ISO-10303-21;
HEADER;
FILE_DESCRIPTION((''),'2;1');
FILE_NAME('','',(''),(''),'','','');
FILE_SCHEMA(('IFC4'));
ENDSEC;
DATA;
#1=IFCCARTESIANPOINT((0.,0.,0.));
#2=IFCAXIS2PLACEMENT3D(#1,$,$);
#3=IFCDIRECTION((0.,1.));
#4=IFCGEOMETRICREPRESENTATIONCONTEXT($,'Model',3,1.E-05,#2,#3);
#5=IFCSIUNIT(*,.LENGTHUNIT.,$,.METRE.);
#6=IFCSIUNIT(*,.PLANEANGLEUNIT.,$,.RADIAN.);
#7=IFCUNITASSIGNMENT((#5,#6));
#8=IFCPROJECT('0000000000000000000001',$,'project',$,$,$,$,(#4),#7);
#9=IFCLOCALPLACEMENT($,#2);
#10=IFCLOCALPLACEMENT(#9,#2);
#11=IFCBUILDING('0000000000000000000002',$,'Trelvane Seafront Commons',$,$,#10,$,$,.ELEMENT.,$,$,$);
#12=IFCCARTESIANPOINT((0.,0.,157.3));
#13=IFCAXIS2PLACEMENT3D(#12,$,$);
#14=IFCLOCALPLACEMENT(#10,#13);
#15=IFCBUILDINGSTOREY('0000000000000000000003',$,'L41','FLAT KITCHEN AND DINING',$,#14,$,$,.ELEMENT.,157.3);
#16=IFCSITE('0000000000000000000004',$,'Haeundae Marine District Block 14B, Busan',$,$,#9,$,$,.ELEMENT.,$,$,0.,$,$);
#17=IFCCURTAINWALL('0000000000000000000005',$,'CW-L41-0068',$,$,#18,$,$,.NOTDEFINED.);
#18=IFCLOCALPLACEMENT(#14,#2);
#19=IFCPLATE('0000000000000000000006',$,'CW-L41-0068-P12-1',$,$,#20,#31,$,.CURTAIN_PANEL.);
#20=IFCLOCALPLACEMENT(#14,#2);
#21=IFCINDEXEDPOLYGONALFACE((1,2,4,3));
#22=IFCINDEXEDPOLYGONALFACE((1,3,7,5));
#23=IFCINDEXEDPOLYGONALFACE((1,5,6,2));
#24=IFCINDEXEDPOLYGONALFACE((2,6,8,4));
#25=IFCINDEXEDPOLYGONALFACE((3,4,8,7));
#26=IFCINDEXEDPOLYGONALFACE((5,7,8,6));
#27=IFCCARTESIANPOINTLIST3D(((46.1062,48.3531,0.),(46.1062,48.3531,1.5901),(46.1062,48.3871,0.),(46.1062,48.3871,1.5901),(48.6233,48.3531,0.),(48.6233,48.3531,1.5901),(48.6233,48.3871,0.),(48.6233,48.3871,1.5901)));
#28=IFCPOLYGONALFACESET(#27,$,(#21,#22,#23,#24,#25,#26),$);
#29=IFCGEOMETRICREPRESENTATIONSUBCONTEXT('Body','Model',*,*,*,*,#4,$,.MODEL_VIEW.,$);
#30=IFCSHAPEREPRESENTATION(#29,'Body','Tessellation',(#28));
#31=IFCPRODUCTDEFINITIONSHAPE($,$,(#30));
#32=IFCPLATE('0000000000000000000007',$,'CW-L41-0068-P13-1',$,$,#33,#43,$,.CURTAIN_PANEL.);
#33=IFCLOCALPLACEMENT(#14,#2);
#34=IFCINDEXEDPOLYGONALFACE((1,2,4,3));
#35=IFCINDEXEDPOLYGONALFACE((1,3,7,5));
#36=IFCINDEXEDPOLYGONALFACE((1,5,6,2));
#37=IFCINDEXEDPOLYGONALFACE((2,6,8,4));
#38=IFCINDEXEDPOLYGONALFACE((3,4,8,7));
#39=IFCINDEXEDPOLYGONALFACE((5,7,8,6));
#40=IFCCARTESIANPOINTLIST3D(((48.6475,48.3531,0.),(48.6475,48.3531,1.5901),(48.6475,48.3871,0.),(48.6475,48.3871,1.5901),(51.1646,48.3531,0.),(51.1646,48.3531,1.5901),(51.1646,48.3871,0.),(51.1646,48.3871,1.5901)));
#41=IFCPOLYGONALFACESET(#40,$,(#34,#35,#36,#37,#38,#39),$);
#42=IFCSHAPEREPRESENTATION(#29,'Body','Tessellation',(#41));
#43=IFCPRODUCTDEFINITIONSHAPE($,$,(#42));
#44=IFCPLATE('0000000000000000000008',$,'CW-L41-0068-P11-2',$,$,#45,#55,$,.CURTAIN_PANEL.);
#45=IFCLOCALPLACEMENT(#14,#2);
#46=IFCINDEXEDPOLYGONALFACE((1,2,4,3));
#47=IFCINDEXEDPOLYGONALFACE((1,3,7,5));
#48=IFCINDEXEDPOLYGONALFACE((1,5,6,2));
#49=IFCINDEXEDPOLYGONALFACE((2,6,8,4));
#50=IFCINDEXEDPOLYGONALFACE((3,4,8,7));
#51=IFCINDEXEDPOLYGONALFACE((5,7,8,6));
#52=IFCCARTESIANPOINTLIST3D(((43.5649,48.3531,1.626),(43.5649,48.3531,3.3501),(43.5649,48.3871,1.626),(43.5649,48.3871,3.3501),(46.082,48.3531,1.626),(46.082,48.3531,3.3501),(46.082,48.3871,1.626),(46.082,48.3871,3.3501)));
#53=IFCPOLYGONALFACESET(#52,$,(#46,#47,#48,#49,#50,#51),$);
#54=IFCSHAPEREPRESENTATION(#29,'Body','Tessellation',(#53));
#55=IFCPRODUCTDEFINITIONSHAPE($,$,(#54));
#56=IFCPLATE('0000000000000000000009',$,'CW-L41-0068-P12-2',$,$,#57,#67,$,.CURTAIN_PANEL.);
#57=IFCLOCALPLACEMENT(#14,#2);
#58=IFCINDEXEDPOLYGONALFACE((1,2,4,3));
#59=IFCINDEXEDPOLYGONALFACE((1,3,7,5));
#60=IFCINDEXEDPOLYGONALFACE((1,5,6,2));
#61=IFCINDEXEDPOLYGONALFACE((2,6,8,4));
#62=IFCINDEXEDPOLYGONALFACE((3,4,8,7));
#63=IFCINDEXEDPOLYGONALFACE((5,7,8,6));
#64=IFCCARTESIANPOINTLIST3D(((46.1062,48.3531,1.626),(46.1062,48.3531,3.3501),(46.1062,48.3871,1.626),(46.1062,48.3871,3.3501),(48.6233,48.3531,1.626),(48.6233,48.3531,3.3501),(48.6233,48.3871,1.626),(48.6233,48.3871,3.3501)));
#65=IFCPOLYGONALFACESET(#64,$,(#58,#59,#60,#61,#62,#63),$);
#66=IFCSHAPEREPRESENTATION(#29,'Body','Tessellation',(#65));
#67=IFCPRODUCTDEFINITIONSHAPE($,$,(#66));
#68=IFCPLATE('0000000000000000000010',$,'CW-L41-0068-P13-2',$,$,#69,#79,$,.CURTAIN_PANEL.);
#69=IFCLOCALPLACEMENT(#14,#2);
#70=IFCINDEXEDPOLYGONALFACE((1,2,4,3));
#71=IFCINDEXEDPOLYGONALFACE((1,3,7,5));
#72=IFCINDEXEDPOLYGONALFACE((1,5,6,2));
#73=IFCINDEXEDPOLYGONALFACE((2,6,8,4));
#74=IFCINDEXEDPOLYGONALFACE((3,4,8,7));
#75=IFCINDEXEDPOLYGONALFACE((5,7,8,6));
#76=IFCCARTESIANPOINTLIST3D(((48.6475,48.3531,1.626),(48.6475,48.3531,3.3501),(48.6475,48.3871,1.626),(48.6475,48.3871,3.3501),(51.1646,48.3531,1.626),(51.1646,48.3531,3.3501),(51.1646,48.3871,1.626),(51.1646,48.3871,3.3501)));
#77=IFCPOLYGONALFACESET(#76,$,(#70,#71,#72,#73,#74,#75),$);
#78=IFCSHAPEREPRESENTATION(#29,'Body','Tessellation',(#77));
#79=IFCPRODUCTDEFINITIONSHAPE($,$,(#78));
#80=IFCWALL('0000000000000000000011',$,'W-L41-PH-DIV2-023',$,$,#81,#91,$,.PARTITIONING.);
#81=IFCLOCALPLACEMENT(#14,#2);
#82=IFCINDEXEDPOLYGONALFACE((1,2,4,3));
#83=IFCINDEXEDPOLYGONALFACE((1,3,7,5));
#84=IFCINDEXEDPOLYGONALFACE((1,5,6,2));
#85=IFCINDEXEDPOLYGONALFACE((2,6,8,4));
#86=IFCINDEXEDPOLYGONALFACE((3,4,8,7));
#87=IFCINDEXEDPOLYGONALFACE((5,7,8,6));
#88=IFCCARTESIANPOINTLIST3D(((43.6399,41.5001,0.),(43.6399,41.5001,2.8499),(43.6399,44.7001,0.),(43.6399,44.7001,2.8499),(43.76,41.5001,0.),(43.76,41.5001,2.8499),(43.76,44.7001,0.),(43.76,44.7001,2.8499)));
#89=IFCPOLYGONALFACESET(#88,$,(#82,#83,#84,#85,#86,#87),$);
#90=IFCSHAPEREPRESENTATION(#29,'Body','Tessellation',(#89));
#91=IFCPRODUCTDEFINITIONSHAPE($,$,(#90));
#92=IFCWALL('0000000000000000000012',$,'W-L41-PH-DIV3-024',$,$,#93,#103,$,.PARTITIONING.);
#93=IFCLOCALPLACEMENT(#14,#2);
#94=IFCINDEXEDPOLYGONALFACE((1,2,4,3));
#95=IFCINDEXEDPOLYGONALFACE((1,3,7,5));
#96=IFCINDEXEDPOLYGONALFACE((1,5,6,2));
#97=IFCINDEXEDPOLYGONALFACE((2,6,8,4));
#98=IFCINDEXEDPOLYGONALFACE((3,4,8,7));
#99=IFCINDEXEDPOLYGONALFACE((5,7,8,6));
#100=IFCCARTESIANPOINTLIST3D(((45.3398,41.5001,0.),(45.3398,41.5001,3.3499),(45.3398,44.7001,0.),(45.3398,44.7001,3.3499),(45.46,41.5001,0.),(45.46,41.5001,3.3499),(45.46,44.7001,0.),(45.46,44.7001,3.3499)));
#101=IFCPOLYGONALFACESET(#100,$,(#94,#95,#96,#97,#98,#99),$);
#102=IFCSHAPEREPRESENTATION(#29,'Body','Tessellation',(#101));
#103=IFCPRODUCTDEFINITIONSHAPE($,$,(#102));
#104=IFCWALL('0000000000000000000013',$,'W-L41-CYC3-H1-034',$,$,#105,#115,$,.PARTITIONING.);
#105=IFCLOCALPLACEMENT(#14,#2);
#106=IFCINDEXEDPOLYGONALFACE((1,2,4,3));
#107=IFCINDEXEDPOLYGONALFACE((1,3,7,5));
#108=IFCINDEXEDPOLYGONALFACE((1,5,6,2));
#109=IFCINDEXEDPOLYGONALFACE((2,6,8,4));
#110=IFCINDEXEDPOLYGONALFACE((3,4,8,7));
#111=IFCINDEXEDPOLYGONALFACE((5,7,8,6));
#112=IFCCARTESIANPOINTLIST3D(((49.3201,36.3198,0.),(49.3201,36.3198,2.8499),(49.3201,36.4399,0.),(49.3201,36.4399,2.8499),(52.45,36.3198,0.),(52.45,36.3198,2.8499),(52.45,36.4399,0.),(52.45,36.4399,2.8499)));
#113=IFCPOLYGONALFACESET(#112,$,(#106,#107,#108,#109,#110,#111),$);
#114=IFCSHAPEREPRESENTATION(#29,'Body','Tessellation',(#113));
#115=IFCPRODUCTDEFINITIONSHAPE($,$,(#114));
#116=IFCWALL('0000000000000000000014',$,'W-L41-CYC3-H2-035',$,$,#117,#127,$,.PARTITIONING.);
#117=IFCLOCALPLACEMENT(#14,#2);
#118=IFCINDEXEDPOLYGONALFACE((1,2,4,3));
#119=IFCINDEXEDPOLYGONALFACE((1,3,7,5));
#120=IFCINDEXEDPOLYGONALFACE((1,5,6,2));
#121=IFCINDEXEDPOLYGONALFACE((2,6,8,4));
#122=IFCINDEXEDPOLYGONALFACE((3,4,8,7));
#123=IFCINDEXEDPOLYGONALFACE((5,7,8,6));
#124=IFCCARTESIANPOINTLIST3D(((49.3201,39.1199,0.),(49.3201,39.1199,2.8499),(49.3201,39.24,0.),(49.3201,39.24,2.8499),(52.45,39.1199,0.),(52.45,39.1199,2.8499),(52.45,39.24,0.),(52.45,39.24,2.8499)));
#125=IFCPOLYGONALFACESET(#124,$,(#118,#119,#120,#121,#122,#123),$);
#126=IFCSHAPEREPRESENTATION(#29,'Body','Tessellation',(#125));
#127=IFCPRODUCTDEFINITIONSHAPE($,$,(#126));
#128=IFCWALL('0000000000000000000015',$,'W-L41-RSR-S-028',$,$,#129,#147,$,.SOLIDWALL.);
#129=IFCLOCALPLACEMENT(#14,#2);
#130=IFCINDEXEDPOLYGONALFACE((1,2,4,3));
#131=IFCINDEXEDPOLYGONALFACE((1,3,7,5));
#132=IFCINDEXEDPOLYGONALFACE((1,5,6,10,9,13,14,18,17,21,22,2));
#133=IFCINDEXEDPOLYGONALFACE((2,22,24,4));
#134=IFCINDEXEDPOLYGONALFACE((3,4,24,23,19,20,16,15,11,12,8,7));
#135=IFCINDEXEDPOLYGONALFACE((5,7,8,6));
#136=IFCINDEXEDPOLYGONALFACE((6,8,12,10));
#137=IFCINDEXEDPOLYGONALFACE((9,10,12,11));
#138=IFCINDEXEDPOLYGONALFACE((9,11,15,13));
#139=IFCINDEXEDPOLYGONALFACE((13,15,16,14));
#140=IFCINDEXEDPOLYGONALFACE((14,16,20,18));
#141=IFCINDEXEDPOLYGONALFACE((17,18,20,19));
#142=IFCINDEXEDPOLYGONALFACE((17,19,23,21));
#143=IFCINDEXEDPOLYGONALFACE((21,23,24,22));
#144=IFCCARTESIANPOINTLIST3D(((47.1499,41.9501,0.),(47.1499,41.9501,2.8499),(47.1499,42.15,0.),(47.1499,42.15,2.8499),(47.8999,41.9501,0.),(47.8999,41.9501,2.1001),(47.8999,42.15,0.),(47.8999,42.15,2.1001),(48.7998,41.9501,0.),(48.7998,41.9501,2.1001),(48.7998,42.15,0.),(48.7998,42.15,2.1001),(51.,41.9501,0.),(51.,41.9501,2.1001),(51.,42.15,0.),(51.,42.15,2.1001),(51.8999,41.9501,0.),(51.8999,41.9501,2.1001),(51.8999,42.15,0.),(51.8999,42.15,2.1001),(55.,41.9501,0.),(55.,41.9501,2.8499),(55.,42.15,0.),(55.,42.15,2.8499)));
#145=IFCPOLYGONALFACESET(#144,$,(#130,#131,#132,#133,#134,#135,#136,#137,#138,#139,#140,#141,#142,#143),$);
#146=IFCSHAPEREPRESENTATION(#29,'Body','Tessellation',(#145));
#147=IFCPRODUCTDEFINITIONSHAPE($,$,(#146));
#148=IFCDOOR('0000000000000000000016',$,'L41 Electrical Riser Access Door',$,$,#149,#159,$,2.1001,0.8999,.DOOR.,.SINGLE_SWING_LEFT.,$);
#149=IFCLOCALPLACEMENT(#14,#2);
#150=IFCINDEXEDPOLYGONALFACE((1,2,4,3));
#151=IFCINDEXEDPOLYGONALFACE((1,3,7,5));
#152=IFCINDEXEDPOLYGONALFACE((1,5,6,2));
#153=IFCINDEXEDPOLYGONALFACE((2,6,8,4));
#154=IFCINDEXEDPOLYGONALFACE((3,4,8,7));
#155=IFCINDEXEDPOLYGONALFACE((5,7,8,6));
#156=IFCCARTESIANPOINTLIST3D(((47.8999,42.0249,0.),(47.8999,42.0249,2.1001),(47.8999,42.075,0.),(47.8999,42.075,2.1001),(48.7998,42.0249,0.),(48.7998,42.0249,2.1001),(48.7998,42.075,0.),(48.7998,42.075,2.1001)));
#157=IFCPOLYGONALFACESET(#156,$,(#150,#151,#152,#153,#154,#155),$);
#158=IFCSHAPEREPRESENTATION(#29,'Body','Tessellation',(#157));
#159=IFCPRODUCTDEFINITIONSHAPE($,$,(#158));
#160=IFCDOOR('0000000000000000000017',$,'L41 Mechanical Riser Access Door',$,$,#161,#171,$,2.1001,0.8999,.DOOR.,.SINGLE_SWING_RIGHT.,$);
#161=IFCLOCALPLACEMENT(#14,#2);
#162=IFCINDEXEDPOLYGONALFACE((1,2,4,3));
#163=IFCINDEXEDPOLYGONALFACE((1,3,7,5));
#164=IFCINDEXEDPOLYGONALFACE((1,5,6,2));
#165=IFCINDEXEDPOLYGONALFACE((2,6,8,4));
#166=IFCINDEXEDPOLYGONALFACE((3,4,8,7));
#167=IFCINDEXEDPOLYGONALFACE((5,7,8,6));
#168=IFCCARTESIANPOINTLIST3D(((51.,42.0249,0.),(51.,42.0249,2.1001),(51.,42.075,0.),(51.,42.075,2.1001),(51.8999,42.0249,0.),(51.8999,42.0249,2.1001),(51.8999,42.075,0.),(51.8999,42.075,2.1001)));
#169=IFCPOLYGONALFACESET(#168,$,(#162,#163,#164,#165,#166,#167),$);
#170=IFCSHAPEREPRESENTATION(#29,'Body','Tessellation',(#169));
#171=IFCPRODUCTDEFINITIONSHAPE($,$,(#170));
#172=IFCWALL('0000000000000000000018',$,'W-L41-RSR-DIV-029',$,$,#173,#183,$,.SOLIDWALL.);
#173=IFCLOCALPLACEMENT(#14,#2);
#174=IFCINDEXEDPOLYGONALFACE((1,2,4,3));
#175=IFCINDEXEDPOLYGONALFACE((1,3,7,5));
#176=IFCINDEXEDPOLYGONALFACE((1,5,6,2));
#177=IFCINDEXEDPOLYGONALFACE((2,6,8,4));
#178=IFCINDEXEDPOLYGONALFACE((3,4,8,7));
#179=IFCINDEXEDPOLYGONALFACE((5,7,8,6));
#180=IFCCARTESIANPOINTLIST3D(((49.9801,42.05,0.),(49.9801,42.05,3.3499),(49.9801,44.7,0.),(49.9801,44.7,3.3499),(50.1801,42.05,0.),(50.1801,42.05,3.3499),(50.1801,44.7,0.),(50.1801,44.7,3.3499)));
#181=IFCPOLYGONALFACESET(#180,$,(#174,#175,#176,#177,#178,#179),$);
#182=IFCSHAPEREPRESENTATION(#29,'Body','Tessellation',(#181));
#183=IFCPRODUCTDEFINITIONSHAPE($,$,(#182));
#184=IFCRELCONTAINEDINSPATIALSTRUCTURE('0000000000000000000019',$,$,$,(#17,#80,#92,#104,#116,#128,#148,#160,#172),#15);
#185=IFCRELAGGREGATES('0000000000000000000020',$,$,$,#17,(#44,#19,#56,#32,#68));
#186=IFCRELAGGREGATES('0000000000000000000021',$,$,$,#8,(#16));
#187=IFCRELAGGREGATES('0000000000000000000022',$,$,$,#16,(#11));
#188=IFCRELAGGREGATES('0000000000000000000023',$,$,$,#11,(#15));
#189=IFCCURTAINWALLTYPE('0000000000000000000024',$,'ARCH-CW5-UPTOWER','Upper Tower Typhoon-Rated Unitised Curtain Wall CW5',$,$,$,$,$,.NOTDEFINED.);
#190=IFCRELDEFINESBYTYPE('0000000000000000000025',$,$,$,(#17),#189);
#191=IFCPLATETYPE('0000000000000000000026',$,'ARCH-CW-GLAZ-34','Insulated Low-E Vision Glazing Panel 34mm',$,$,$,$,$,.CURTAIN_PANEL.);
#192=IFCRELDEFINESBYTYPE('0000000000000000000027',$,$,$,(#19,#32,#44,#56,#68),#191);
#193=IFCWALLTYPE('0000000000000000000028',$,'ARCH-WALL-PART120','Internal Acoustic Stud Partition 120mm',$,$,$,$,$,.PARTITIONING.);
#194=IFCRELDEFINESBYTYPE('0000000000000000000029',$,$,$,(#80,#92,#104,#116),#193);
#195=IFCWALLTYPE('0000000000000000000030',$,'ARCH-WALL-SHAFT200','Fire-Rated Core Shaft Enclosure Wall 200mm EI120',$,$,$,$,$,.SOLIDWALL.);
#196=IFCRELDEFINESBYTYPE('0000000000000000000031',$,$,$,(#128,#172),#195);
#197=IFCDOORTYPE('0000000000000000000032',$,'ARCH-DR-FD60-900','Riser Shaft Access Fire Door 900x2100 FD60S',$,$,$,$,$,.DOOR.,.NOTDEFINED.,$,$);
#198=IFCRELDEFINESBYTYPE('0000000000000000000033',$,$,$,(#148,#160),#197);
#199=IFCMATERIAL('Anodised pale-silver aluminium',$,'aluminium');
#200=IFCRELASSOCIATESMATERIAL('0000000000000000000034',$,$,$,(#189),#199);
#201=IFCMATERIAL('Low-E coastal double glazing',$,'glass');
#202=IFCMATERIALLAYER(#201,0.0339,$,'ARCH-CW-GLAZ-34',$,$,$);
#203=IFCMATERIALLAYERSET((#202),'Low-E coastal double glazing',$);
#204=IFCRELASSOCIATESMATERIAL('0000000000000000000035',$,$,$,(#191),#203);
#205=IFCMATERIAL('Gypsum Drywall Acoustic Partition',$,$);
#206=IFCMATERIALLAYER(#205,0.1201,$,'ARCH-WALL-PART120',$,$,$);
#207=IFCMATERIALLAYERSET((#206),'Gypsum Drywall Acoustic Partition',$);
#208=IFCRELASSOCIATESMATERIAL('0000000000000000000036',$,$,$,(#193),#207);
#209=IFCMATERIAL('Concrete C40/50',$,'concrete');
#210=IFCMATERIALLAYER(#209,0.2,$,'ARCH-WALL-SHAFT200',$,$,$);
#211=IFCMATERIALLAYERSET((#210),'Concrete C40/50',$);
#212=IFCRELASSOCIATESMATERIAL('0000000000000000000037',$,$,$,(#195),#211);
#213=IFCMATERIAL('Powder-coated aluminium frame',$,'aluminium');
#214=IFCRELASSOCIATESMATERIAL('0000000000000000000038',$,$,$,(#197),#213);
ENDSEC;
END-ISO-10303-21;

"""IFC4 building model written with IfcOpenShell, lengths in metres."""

from ifc_helpers import new_model, si_unit, direction, frame, frame_2d, origin, origin_2d, place, context, subcontext, project, spatial, rectangle, extrude, source, transform, mapped, material, layer, layer_set, type_object, element, fill, aggregate, save


model = new_model("IFC4")

# Units and contexts
model_context = context("Model", 3, precision=1e-05, world=origin(), true_north=direction((0.0, 1.0)))
body_context = subcontext(model_context, "Body", "Model", "MODEL_VIEW")
ifc_project = project(units=[si_unit("LENGTHUNIT", "METRE"), si_unit("PLANEANGLEUNIT", "RADIAN")], contexts=[model_context])

# Site, building, storey
site_placement = place(None, origin())
site = spatial("IfcSite", under=ifc_project, at=site_placement, Name="Haeundae Marine District Block 14B, Busan", CompositionType="ELEMENT", RefElevation=0.0)
building_placement = place(site_placement, origin())
building = spatial("IfcBuilding", under=site, at=building_placement, Name="Trelvane Seafront Commons", CompositionType="ELEMENT")
storey_placement = place(building_placement, frame((0.0, 0.0, 157.3)))
storey = spatial("IfcBuildingStorey", under=building, at=storey_placement, Name="L41", Description="FLAT KITCHEN AND DINING", CompositionType="ELEMENT", Elevation=157.3)

# Curtain wall
ifc_material_1 = material(Name="Anodised pale-silver aluminium", Category="aluminium")
curtain_wall_type = type_object("IfcCurtainWallType", Name="ARCH-CW5-UPTOWER", Description="Upper Tower Typhoon-Rated Unitised Curtain Wall CW5", PredefinedType="NOTDEFINED", material=ifc_material_1)
curtain_wall_placement = place(storey_placement, origin())
curtain_wall = element("IfcCurtainWall", 1, at=curtain_wall_placement, inside=storey, type_object=curtain_wall_type, Name="CW-L41-0068", PredefinedType="NOTDEFINED")

# Plates
ifc_material_2 = material(Name="Low-E coastal double glazing", Category="glass")
ifc_layer_1 = layer(ifc_material_2, 0.0339, Name="ARCH-CW-GLAZ-34")
ifc_layer_set_1 = layer_set([ifc_layer_1], Name="Low-E coastal double glazing")
plate_type_1 = type_object("IfcPlateType", Name="ARCH-CW-GLAZ-34", Description="Insulated Low-E Vision Glazing Panel 34mm", PredefinedType="CURTAIN_PANEL", material=ifc_layer_set_1)
shared_shape_1 = source(origin(), body_context, "Body", "SweptSolid", [
    extrude(rectangle(XDim=2.5171, YDim=0.0339, at=origin_2d()), origin(), (0.0, 0.0, 1.0), 1.5901),
])
plate_1_placement = place(storey_placement, frame((47.3647, 48.3701, 0.0), z_axis=(0.0, 0.0, 1.0), x_axis=(1.0, 0.0, 0.0)))
plate_1 = element("IfcPlate", 2, at=plate_1_placement, type_object=plate_type_1, Name="CW-L41-0068-P12-1", PredefinedType="CURTAIN_PANEL", context=body_context, shape_type="MappedRepresentation", body=[
    mapped(shared_shape_1, transform((0.0, 0.0, 0.0), x_axis=(1.0, 0.0, 0.0), y_axis=(0.0, 1.0, 0.0), z_axis=(0.0, 0.0, 1.0), scale=1.0)),
])
plate_2_placement = place(storey_placement, frame((49.906, 48.3701, 0.0), z_axis=(0.0, 0.0, 1.0), x_axis=(1.0, 0.0, 0.0)))
plate_2 = element("IfcPlate", 3, at=plate_2_placement, type_object=plate_type_1, Name="CW-L41-0068-P13-1", PredefinedType="CURTAIN_PANEL", context=body_context, shape_type="MappedRepresentation", body=[
    mapped(shared_shape_1, transform((0.0, 0.0, 0.0), x_axis=(1.0, 0.0, 0.0), y_axis=(0.0, 1.0, 0.0), z_axis=(0.0, 0.0, 1.0), scale=1.0)),
])
shared_shape_2 = source(origin(), body_context, "Body", "SweptSolid", [
    extrude(rectangle(XDim=2.5171, YDim=0.0339, at=origin_2d()), origin(), (0.0, 0.0, 1.0), 1.7241),
])
plate_3_placement = place(storey_placement, frame((44.8235, 48.3701, 1.626), z_axis=(0.0, 0.0, 1.0), x_axis=(1.0, 0.0, 0.0)))
plate_3 = element("IfcPlate", 4, at=plate_3_placement, type_object=plate_type_1, Name="CW-L41-0068-P11-2", PredefinedType="CURTAIN_PANEL", context=body_context, shape_type="MappedRepresentation", body=[
    mapped(shared_shape_2, transform((0.0, 0.0, 0.0), x_axis=(1.0, 0.0, 0.0), y_axis=(0.0, 1.0, 0.0), z_axis=(0.0, 0.0, 1.0), scale=1.0)),
])
plate_4_placement = place(storey_placement, frame((47.3647, 48.3701, 1.626), z_axis=(0.0, 0.0, 1.0), x_axis=(1.0, 0.0, 0.0)))
plate_4 = element("IfcPlate", 5, at=plate_4_placement, type_object=plate_type_1, Name="CW-L41-0068-P12-2", PredefinedType="CURTAIN_PANEL", context=body_context, shape_type="MappedRepresentation", body=[
    mapped(shared_shape_2, transform((0.0, 0.0, 0.0), x_axis=(1.0, 0.0, 0.0), y_axis=(0.0, 1.0, 0.0), z_axis=(0.0, 0.0, 1.0), scale=1.0)),
])
plate_5_placement = place(storey_placement, frame((49.906, 48.3701, 1.626), z_axis=(0.0, 0.0, 1.0), x_axis=(1.0, 0.0, 0.0)))
plate_5 = element("IfcPlate", 6, at=plate_5_placement, type_object=plate_type_1, Name="CW-L41-0068-P13-2", PredefinedType="CURTAIN_PANEL", context=body_context, shape_type="MappedRepresentation", body=[
    mapped(shared_shape_2, transform((0.0, 0.0, 0.0), x_axis=(1.0, 0.0, 0.0), y_axis=(0.0, 1.0, 0.0), z_axis=(0.0, 0.0, 1.0), scale=1.0)),
])
aggregate(curtain_wall, [plate_3, plate_1, plate_4, plate_2, plate_5])

# Walls
ifc_material_3 = material(Name="Gypsum Drywall Acoustic Partition")
ifc_layer_2 = layer(ifc_material_3, 0.1201, Name="ARCH-WALL-PART120")
ifc_layer_set_2 = layer_set([ifc_layer_2], Name="Gypsum Drywall Acoustic Partition")
wall_type_1 = type_object("IfcWallType", Name="ARCH-WALL-PART120", Description="Internal Acoustic Stud Partition 120mm", PredefinedType="PARTITIONING", material=ifc_layer_set_2)
wall_1_placement = place(storey_placement, frame((43.7, 41.5, 0.0), z_axis=(0.0, 0.0, 1.0), x_axis=(0.0, 1.0, 0.0)))
element("IfcWall", 7, at=wall_1_placement, inside=storey, type_object=wall_type_1, Name="W-L41-PH-DIV2-023", PredefinedType="PARTITIONING", context=body_context, shape_type="SweptSolid", body=[
    extrude(rectangle(XDim=3.2, YDim=0.1201, at=frame_2d((1.6001, 0.0))), origin(), (0.0, 0.0, 1.0), 2.8499),
])
wall_2_placement = place(storey_placement, frame((45.3999, 41.5, 0.0), z_axis=(0.0, 0.0, 1.0), x_axis=(0.0, 1.0, 0.0)))
element("IfcWall", 8, at=wall_2_placement, inside=storey, type_object=wall_type_1, Name="W-L41-PH-DIV3-024", PredefinedType="PARTITIONING", context=body_context, shape_type="SweptSolid", body=[
    extrude(rectangle(XDim=3.2, YDim=0.1201, at=frame_2d((1.6001, 0.0))), origin(), (0.0, 0.0, 1.0), 3.3499),
])
for number, where, z_axis, x_axis, name in (
    (9, (49.3201, 36.3799, 0.0), (0.0, 0.0, 1.0), (1.0, 0.0, 0.0), "W-L41-CYC3-H1-034"),
    (10, (49.3201, 39.1799, 0.0), (0.0, 0.0, 1.0), (1.0, 0.0, 0.0), "W-L41-CYC3-H2-035"),
):
    element("IfcWall", number, at=place(storey_placement, frame(where, z_axis=z_axis, x_axis=x_axis)), inside=storey, type_object=wall_type_1, Name=name, PredefinedType="PARTITIONING", context=body_context, shape_type="SweptSolid", body=[
        extrude(rectangle(XDim=3.1299, YDim=0.1201, at=frame_2d((1.5649, 0.0))), origin(), (0.0, 0.0, 1.0), 2.8499),
    ])

# Wall, openings, doors
ifc_material_4 = material(Name="Concrete C40/50", Category="concrete")
ifc_layer_3 = layer(ifc_material_4, 0.2, Name="ARCH-WALL-SHAFT200")
ifc_layer_set_3 = layer_set([ifc_layer_3], Name="Concrete C40/50")
wall_type_2 = type_object("IfcWallType", Name="ARCH-WALL-SHAFT200", Description="Fire-Rated Core Shaft Enclosure Wall 200mm EI120", PredefinedType="SOLIDWALL", material=ifc_layer_set_3)
wall_3_placement = place(storey_placement, frame((47.1499, 42.05, 0.0), z_axis=(0.0, 0.0, 1.0), x_axis=(1.0, 0.0, 0.0)))
wall_3 = element("IfcWall", 11, at=wall_3_placement, inside=storey, type_object=wall_type_2, Name="W-L41-RSR-S-028", PredefinedType="SOLIDWALL", context=body_context, shape_type="SweptSolid", body=[
    extrude(rectangle(XDim=7.8501, YDim=0.2, at=frame_2d((3.925, 0.0))), origin(), (0.0, 0.0, 1.0), 2.8499),
])
opening_1_placement = place(wall_3_placement, frame((0.75, 0.0, 0.0)))
opening_1 = element("IfcOpeningElement", 12, at=opening_1_placement, cuts=wall_3, PredefinedType="OPENING", context=body_context, shape_type="SweptSolid", body=[
    extrude(rectangle(XDim=0.8999, YDim=2.1001, at=frame_2d((0.45, 1.05))), frame((0.0, 0.1099, 0.0), z_axis=(0.0, -1.0, 0.0), x_axis=(1.0, 0.0, 0.0)), (0.0, 0.0, 1.0), 0.22),
])
opening_2_placement = place(wall_3_placement, frame((3.8501, 0.0, 0.0)))
opening_2 = element("IfcOpeningElement", 13, at=opening_2_placement, cuts=wall_3, PredefinedType="OPENING", context=body_context, shape_type="SweptSolid", body=[
    extrude(rectangle(XDim=0.8999, YDim=2.1001, at=frame_2d((0.45, 1.05))), frame((0.0, 0.1099, 0.0), z_axis=(0.0, -1.0, 0.0), x_axis=(1.0, 0.0, 0.0)), (0.0, 0.0, 1.0), 0.22),
])
ifc_material_5 = material(Name="Powder-coated aluminium frame", Category="aluminium")
door_type = type_object("IfcDoorType", Name="ARCH-DR-FD60-900", Description="Riser Shaft Access Fire Door 900x2100 FD60S", OperationType="NOTDEFINED", PredefinedType="DOOR", material=ifc_material_5)
shared_shape_3 = source(origin(), body_context, "Body", "SweptSolid", [
    extrude(rectangle(XDim=0.8999, YDim=2.1001, at=frame_2d((0.45, 1.05))), frame((0.0, 0.0249, 0.0), z_axis=(0.0, -1.0, 0.0), x_axis=(1.0, 0.0, 0.0)), (0.0, 0.0, 1.0), 0.05),
])
door_1_placement = place(opening_1_placement, origin())
door_1 = element("IfcDoor", 14, at=door_1_placement, inside=storey, type_object=door_type, Name="L41 Electrical Riser Access Door", OperationType="SINGLE_SWING_LEFT", OverallHeight=2.1001, OverallWidth=0.8999, PredefinedType="DOOR", context=body_context, shape_type="MappedRepresentation", body=[
    mapped(shared_shape_3, transform((0.0, 0.0, 0.0), x_axis=(1.0, 0.0, 0.0), y_axis=(0.0, 1.0, 0.0), z_axis=(0.0, 0.0, 1.0), scale=1.0)),
])
fill(opening_1, door_1)
door_2_placement = place(opening_2_placement, origin())
door_2 = element("IfcDoor", 15, at=door_2_placement, inside=storey, type_object=door_type, Name="L41 Mechanical Riser Access Door", OperationType="SINGLE_SWING_RIGHT", OverallHeight=2.1001, OverallWidth=0.8999, PredefinedType="DOOR", context=body_context, shape_type="MappedRepresentation", body=[
    mapped(shared_shape_3, transform((0.0, 0.0, 0.0), x_axis=(1.0, 0.0, 0.0), y_axis=(0.0, 1.0, 0.0), z_axis=(0.0, 0.0, 1.0), scale=1.0)),
])
fill(opening_2, door_2)

# Wall
wall_4_placement = place(storey_placement, frame((50.0801, 42.05, 0.0), z_axis=(0.0, 0.0, 1.0), x_axis=(0.0, 1.0, 0.0)))
element("IfcWall", 16, at=wall_4_placement, inside=storey, type_object=wall_type_2, Name="W-L41-RSR-DIV-029", PredefinedType="SOLIDWALL", context=body_context, shape_type="SweptSolid", body=[
    extrude(rectangle(XDim=2.6499, YDim=0.2, at=frame_2d((1.325, 0.0))), origin(), (0.0, 0.0, 1.0), 3.3499),
])

save(model, "model.ifc")
